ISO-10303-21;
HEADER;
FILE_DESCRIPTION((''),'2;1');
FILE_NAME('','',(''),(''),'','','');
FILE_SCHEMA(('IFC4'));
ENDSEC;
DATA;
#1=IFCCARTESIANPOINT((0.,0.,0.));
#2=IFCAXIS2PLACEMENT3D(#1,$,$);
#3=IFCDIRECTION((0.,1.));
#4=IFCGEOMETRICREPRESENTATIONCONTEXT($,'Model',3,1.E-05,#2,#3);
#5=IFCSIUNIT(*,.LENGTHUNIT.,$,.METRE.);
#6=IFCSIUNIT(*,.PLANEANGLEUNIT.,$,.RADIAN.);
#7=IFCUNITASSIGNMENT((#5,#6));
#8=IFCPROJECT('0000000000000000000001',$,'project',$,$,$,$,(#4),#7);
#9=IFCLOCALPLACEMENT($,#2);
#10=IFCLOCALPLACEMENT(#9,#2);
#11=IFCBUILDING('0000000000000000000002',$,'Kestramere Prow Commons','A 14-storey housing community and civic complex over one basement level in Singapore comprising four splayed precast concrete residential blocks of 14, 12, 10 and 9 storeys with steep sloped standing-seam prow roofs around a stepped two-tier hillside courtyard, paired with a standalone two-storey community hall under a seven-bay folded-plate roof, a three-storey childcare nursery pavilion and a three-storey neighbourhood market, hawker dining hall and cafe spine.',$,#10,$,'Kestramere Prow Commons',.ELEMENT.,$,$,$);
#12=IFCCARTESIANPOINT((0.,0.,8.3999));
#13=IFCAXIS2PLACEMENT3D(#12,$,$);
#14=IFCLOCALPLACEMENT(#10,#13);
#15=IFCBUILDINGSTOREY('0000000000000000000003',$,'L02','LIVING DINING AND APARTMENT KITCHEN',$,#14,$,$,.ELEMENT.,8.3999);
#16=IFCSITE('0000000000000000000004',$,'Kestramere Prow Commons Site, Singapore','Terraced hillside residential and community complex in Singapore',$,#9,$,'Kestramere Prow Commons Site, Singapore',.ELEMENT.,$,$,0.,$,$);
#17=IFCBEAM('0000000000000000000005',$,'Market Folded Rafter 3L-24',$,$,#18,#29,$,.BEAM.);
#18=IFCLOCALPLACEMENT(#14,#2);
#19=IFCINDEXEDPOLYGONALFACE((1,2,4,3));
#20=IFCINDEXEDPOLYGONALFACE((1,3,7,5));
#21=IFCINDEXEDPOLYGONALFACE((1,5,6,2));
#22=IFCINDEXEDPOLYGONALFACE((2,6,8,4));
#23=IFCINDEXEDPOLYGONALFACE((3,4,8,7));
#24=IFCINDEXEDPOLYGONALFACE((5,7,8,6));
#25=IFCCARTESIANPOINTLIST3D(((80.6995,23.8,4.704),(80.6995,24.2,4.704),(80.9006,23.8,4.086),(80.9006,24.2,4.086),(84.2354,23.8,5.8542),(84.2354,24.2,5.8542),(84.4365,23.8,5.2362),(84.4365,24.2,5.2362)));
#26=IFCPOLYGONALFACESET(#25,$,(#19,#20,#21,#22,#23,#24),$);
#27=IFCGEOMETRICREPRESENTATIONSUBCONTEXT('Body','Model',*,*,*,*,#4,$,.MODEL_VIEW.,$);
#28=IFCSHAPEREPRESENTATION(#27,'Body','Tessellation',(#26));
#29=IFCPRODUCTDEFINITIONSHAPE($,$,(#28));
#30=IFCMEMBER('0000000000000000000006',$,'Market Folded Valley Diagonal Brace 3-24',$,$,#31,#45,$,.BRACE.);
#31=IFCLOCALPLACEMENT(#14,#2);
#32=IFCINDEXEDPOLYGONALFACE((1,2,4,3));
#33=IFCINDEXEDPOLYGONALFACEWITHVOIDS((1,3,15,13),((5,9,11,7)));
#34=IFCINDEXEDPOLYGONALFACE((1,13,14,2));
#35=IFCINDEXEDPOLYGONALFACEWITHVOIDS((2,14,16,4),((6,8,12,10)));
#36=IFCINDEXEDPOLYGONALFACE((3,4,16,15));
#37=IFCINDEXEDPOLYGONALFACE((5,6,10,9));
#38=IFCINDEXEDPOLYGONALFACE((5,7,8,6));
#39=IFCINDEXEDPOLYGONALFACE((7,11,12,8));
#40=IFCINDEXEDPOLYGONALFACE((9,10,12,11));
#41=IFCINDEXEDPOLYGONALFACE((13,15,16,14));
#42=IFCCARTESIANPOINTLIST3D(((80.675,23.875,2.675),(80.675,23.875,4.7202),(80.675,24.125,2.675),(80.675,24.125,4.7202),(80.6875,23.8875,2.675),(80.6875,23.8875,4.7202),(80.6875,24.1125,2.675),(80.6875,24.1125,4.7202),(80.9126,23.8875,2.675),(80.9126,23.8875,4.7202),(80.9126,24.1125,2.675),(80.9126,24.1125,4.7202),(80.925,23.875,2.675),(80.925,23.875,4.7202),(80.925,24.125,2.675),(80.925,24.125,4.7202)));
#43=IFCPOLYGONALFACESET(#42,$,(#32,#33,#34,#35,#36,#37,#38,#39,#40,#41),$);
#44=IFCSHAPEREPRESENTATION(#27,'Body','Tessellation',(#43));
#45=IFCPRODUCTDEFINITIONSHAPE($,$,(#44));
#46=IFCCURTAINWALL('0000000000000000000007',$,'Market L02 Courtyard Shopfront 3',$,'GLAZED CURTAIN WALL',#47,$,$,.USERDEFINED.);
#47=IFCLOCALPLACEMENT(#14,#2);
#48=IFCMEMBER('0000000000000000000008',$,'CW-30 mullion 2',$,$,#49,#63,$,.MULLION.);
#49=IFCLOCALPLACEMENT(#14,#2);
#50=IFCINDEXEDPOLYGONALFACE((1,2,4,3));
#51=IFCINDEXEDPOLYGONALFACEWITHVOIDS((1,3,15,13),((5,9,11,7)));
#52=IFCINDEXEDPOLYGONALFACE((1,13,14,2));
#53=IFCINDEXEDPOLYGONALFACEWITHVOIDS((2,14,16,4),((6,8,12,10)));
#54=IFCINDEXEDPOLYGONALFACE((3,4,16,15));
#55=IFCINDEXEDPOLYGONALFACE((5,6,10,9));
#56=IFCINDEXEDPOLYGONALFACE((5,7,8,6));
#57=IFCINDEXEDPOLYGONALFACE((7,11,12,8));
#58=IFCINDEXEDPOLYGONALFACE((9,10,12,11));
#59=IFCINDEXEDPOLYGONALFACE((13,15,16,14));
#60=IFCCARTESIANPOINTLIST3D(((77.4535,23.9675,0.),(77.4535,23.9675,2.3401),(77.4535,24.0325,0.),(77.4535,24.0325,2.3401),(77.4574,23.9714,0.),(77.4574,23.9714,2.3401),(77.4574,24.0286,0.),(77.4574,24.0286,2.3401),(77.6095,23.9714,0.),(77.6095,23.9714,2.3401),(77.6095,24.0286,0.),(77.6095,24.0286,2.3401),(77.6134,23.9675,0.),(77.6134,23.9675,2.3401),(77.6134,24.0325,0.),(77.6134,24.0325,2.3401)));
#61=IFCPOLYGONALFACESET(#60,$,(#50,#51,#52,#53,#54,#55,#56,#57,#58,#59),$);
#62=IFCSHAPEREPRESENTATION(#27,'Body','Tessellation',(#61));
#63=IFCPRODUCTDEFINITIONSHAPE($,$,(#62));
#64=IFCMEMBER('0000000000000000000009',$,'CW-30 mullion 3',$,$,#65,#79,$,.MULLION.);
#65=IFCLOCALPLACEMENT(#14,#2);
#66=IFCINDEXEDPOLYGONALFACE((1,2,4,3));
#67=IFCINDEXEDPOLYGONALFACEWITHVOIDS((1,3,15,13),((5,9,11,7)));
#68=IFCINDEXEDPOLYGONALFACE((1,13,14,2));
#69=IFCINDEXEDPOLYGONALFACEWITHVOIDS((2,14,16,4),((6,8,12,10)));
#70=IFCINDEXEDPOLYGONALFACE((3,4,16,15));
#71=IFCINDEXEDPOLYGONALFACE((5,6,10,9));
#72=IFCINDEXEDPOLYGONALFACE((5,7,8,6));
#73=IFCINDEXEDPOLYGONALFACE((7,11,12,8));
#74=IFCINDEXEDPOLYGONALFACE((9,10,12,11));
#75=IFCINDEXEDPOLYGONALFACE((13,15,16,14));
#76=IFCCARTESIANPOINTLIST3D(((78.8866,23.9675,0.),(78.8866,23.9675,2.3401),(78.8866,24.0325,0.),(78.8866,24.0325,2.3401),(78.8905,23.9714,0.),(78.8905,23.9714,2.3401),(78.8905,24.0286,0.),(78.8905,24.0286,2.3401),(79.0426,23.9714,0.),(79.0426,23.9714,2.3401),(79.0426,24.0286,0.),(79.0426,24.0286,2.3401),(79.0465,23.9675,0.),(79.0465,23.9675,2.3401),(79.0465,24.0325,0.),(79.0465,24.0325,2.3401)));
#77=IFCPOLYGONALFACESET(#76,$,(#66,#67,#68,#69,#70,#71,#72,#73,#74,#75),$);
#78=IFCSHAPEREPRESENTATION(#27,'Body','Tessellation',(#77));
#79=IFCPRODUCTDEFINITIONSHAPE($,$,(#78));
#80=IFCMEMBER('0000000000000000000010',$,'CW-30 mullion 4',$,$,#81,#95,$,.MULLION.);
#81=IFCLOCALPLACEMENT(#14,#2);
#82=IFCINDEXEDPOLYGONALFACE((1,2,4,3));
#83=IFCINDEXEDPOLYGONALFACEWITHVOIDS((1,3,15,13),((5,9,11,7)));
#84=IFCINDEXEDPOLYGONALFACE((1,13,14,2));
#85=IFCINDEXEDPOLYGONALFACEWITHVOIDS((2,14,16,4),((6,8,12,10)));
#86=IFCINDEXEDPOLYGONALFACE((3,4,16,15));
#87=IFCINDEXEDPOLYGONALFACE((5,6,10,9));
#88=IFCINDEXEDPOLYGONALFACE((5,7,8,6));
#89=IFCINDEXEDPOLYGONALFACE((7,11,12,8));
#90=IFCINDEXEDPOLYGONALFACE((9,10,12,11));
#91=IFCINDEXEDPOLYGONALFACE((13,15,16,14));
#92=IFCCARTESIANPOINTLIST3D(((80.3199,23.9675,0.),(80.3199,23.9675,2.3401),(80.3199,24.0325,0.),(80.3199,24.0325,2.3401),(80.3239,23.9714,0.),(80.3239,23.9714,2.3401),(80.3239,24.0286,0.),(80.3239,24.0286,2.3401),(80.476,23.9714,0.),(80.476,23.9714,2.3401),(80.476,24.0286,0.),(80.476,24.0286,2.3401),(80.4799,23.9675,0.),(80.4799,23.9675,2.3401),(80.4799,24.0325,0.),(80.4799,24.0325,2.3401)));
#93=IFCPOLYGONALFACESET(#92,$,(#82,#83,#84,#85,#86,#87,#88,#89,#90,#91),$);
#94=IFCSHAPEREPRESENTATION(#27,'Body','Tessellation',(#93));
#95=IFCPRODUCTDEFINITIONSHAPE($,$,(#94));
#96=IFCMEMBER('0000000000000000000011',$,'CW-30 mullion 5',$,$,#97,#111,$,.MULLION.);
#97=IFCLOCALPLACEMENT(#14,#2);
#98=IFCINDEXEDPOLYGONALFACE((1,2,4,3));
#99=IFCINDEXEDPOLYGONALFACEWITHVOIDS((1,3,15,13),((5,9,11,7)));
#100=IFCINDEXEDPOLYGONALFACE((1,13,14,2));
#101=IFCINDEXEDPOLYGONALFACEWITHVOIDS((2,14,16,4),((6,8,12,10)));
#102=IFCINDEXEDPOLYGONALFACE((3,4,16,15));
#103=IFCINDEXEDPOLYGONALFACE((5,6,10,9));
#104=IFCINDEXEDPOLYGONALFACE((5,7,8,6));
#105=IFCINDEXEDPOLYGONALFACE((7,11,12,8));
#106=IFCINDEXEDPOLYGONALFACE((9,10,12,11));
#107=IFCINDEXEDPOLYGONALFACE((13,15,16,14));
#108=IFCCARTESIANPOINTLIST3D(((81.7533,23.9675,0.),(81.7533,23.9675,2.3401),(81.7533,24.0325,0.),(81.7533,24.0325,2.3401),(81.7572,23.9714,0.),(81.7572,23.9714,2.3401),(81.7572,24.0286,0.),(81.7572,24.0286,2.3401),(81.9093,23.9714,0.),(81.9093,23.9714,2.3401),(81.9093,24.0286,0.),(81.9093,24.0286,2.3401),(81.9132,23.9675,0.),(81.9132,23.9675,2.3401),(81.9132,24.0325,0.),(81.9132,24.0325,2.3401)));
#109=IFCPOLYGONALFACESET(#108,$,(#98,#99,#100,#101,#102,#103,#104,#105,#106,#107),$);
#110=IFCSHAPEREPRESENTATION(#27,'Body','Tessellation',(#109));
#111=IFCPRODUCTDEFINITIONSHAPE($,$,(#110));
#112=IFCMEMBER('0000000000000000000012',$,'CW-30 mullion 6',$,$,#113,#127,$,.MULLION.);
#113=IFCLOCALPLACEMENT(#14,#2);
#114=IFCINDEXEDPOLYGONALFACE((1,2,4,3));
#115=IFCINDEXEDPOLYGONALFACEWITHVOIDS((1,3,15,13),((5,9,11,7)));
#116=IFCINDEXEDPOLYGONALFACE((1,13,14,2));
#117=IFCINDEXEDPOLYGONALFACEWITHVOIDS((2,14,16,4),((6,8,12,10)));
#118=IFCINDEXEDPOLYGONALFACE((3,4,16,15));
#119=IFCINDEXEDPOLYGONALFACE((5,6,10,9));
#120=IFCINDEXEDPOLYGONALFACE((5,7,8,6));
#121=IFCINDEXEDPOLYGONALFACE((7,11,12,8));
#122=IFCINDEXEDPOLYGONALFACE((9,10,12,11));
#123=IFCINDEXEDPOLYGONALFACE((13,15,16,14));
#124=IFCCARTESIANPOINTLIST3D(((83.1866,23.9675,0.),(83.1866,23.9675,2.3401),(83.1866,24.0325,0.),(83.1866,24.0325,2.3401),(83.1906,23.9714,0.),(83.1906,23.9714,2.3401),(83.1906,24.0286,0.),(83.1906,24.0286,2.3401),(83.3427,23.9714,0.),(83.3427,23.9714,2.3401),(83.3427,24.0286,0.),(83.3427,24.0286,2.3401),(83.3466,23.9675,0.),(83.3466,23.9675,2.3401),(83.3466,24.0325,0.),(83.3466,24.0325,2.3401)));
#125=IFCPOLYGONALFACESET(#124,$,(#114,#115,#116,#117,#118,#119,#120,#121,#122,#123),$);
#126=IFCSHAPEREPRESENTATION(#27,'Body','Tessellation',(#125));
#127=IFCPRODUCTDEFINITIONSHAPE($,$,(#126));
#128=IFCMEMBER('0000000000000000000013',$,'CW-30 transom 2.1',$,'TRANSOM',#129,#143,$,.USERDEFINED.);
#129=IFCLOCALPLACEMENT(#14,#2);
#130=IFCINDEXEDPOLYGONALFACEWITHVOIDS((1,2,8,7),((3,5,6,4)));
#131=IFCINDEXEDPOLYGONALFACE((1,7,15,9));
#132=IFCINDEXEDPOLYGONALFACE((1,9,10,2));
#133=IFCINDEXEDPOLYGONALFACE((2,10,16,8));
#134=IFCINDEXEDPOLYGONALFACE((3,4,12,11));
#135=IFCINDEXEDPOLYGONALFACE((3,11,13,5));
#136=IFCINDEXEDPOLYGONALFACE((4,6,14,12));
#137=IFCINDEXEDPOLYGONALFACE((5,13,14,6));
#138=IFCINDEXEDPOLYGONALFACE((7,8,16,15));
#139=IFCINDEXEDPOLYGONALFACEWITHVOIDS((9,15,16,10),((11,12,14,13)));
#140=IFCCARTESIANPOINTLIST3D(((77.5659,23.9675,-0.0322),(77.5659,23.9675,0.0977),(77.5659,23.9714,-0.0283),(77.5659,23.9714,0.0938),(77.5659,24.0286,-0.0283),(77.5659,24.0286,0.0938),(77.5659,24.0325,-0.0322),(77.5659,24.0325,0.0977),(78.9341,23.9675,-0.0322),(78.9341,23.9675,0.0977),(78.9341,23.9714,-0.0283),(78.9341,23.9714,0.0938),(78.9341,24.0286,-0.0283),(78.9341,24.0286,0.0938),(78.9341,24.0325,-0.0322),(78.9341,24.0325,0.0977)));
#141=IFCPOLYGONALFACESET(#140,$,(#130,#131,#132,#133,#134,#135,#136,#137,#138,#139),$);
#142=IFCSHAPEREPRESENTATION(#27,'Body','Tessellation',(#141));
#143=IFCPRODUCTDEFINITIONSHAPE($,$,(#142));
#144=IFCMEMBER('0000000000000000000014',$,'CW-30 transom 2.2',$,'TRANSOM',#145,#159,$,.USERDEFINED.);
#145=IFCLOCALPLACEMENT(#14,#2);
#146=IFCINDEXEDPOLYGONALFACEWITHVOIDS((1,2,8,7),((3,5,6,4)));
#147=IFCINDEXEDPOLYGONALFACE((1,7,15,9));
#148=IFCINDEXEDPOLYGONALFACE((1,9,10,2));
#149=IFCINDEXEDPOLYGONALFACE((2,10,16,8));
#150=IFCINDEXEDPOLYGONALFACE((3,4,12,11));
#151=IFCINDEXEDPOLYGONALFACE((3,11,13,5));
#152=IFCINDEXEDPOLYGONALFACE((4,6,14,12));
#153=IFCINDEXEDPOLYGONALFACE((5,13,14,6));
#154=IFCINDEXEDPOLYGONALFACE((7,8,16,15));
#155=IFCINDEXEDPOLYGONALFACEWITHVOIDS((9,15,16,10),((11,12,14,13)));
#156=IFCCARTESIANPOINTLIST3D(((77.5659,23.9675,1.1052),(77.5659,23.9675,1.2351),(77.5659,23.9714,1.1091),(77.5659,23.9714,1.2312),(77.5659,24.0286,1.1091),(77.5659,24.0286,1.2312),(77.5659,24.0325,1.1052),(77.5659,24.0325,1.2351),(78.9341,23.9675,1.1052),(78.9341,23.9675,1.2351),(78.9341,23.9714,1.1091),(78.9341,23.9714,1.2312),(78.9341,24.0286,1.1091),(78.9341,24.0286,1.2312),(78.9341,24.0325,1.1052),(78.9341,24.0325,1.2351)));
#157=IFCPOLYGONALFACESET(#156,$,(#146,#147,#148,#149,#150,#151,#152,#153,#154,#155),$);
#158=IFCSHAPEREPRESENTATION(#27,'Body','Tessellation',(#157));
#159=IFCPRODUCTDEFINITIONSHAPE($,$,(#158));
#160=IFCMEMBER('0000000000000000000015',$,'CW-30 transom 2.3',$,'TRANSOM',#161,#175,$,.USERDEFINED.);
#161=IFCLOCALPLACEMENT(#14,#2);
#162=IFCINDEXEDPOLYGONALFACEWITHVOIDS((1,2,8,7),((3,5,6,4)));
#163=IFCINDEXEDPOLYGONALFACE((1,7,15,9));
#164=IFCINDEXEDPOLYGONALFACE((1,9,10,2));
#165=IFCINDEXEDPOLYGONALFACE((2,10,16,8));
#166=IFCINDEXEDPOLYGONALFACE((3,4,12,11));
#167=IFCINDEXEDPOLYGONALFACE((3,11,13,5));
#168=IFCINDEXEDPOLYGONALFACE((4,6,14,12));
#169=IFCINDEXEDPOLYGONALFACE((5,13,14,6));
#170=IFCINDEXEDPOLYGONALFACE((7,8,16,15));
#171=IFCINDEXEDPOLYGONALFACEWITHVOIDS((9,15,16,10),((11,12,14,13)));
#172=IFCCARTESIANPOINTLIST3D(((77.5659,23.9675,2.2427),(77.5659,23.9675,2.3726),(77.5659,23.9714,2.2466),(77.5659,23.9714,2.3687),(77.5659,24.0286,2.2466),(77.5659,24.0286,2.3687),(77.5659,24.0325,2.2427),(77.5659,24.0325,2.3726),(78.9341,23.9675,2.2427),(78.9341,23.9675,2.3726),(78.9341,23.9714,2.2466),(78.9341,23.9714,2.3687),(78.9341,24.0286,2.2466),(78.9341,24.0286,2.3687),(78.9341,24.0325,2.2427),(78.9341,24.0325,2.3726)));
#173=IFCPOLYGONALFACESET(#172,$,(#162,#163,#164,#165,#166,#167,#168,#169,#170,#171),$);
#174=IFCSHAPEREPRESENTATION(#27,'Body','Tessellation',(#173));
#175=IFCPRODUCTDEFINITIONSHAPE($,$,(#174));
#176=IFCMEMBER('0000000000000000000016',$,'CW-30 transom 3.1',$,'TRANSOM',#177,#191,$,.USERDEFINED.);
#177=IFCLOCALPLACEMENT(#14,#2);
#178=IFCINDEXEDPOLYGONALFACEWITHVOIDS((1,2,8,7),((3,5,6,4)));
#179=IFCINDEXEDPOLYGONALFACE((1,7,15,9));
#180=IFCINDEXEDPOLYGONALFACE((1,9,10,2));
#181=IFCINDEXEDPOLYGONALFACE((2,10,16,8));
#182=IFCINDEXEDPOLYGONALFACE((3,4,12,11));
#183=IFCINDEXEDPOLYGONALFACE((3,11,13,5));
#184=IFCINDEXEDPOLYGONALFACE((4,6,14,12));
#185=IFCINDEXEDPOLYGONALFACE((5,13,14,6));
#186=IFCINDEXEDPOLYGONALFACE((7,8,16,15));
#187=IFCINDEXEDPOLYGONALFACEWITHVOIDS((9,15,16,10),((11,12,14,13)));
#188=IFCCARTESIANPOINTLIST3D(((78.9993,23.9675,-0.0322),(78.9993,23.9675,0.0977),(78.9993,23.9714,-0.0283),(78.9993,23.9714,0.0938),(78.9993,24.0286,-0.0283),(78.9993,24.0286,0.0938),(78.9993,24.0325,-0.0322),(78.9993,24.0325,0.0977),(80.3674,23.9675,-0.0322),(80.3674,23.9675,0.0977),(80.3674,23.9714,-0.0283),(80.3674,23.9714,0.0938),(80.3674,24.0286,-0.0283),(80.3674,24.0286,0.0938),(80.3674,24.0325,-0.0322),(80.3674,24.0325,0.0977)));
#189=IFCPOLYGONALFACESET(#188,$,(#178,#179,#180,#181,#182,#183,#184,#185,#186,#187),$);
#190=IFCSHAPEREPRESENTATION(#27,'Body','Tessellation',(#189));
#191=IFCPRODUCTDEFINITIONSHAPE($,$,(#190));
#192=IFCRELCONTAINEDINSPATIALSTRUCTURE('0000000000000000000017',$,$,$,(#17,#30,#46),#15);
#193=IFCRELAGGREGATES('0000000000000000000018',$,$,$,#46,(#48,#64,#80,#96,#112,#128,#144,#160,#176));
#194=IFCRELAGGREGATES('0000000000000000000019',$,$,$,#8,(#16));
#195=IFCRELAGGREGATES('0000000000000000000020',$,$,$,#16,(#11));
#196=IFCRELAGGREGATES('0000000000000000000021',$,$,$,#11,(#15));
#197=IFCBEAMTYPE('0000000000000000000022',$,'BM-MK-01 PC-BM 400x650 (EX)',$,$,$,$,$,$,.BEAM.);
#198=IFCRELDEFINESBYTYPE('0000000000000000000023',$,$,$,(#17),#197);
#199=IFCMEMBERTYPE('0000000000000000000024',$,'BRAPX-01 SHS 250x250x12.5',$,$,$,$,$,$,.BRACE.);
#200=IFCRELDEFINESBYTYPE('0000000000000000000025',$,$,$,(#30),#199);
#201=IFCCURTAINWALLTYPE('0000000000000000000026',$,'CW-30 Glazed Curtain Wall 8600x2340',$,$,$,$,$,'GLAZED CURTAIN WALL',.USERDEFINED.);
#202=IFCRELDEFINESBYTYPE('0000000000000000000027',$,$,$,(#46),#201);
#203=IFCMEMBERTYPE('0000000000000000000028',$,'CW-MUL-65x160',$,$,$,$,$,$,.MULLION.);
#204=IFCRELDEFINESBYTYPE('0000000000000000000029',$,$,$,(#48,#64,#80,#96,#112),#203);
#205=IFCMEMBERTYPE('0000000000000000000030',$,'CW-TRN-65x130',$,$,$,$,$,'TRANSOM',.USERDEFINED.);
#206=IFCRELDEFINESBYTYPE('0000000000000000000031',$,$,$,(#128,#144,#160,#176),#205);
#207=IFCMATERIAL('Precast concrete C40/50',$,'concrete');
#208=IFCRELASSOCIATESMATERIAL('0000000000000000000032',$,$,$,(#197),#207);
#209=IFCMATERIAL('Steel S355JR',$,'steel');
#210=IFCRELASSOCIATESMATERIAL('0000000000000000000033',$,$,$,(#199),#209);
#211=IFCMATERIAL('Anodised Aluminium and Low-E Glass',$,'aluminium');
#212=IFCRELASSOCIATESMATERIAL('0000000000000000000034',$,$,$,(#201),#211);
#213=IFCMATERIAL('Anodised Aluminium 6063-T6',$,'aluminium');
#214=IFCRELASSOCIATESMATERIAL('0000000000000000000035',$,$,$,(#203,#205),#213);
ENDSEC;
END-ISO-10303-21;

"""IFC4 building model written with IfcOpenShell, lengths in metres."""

from ifc_helpers import new_model, si_unit, direction, frame, origin, origin_2d, place, context, subcontext, project, spatial, rectangle, hollow_rectangle, extrude, material, material_profile, profile_set, type_object, element, aggregate, save


model = new_model("IFC4")

# Units and contexts
model_context = context("Model", 3, precision=1e-05, world=origin(), true_north=direction((0.0, 1.0)))
body_context = subcontext(model_context, "Body", "Model", "MODEL_VIEW")
ifc_project = project(units=[si_unit("LENGTHUNIT", "METRE"), si_unit("PLANEANGLEUNIT", "RADIAN")], contexts=[model_context])

# Site, building, storey
site_placement = place(None, origin())
site = spatial("IfcSite", under=ifc_project, at=site_placement, Name="Kestramere Prow Commons Site, Singapore", Description="Terraced hillside residential and community complex in Singapore", LongName="Kestramere Prow Commons Site, Singapore", CompositionType="ELEMENT", RefElevation=0.0)
building_placement = place(site_placement, origin())
building = spatial("IfcBuilding", under=site, at=building_placement, Name="Kestramere Prow Commons", Description="A 14-storey housing community and civic complex over one basement level in Singapore comprising four splayed precast concrete residential blocks of 14, 12, 10 and 9 storeys with steep sloped standing-seam prow roofs around a stepped two-tier hillside courtyard, paired with a standalone two-storey community hall under a seven-bay folded-plate roof, a three-storey childcare nursery pavilion and a three-storey neighbourhood market, hawker dining hall and cafe spine.", LongName="Kestramere Prow Commons", CompositionType="ELEMENT")
storey_placement = place(building_placement, frame((0.0, 0.0, 8.3999)))
storey = spatial("IfcBuildingStorey", under=building, at=storey_placement, Name="L02", Description="LIVING DINING AND APARTMENT KITCHEN", CompositionType="ELEMENT", Elevation=8.3999)

# Beam
ifc_material_1 = material(Name="Precast concrete C40/50", Category="concrete")
ifc_material_profile_1 = material_profile(ifc_material_1, rectangle(XDim=0.3999, YDim=0.6499, at=origin_2d()), Name="PC-BM 400x650")
ifc_profile_set_1 = profile_set([ifc_material_profile_1], Name="Precast concrete C40/50")
beam_type = type_object("IfcBeamType", Name="BM-MK-01 PC-BM 400x650 (EX)", PredefinedType="BEAM", material=ifc_profile_set_1)
beam_placement = place(storey_placement, frame((80.8, 24.0, 4.395), z_axis=(0.950956, 0.0, 0.309325), x_axis=(0.0, 1.0, 0.0)))
element("IfcBeam", 1, at=beam_placement, inside=storey, type_object=beam_type, Name="Market Folded Rafter 3L-24", PredefinedType="BEAM", context=body_context, shape_type="SweptSolid", body=[
    extrude(rectangle(XDim=0.3999, YDim=0.6499, at=origin_2d()), origin(), (0.0, 0.0, 1.0), 3.7183),
])

# Member
ifc_material_2 = material(Name="Steel S355JR", Category="steel")
ifc_material_profile_2 = material_profile(ifc_material_2, hollow_rectangle(XDim=0.25, YDim=0.25, WallThickness=0.0125, at=origin_2d()), Name="SHS 250x250x12.5")
ifc_profile_set_2 = profile_set([ifc_material_profile_2], Name="Steel S355JR")
member_type_1 = type_object("IfcMemberType", Name="BRAPX-01 SHS 250x250x12.5", PredefinedType="BRACE", material=ifc_profile_set_2)
member_1_placement = place(storey_placement, frame((80.8, 24.0, 2.675), z_axis=(0.0, 0.0, 1.0), x_axis=(1.0, 0.0, 0.0)))
element("IfcMember", 2, at=member_1_placement, inside=storey, type_object=member_type_1, Name="Market Folded Valley Diagonal Brace 3-24", PredefinedType="BRACE", context=body_context, shape_type="SweptSolid", body=[
    extrude(hollow_rectangle(XDim=0.25, YDim=0.25, WallThickness=0.0125, at=origin_2d()), origin(), (0.0, 0.0, 1.0), 2.0452),
])

# Curtain wall, members
ifc_material_3 = material(Name="Anodised Aluminium and Low-E Glass", Category="aluminium")
curtain_wall_type = type_object("IfcCurtainWallType", Name="CW-30 Glazed Curtain Wall 8600x2340", ElementType="GLAZED CURTAIN WALL", PredefinedType="USERDEFINED", material=ifc_material_3)
curtain_wall_placement = place(storey_placement, origin())
curtain_wall = element("IfcCurtainWall", 3, at=curtain_wall_placement, inside=storey, type_object=curtain_wall_type, Name="Market L02 Courtyard Shopfront 3", ObjectType="GLAZED CURTAIN WALL", PredefinedType="USERDEFINED")
ifc_material_4 = material(Name="Anodised Aluminium 6063-T6", Category="aluminium")
ifc_material_profile_3 = material_profile(ifc_material_4, hollow_rectangle(XDim=0.0649, YDim=0.1599, WallThickness=0.0039, at=origin_2d()), Name="ALU-MUL 65x160")
ifc_profile_set_3 = profile_set([ifc_material_profile_3], Name="Anodised Aluminium 6063-T6")
member_type_2 = type_object("IfcMemberType", Name="CW-MUL-65x160", PredefinedType="MULLION", material=ifc_profile_set_3)
member_2_placement = place(storey_placement, frame((77.5334, 24.0, 0.0), z_axis=(0.0, 0.0, 1.0), x_axis=(0.0, 1.0, 0.0)))
member_2 = element("IfcMember", 4, at=member_2_placement, type_object=member_type_2, Name="CW-30 mullion 2", PredefinedType="MULLION", context=body_context, shape_type="SweptSolid", body=[
    extrude(hollow_rectangle(XDim=0.0649, YDim=0.1599, WallThickness=0.0039, at=origin_2d()), origin(), (0.0, 0.0, 1.0), 2.3401),
])
member_3_placement = place(storey_placement, frame((78.9666, 24.0, 0.0), z_axis=(0.0, 0.0, 1.0), x_axis=(0.0, 1.0, 0.0)))
member_3 = element("IfcMember", 5, at=member_3_placement, type_object=member_type_2, Name="CW-30 mullion 3", PredefinedType="MULLION", context=body_context, shape_type="SweptSolid", body=[
    extrude(hollow_rectangle(XDim=0.0649, YDim=0.1599, WallThickness=0.0039, at=origin_2d()), origin(), (0.0, 0.0, 1.0), 2.3401),
])
member_4_placement = place(storey_placement, frame((80.3999, 24.0, 0.0), z_axis=(0.0, 0.0, 1.0), x_axis=(0.0, 1.0, 0.0)))
member_4 = element("IfcMember", 6, at=member_4_placement, type_object=member_type_2, Name="CW-30 mullion 4", PredefinedType="MULLION", context=body_context, shape_type="SweptSolid", body=[
    extrude(hollow_rectangle(XDim=0.0649, YDim=0.1599, WallThickness=0.0039, at=origin_2d()), origin(), (0.0, 0.0, 1.0), 2.3401),
])
member_5_placement = place(storey_placement, frame((81.8333, 24.0, 0.0), z_axis=(0.0, 0.0, 1.0), x_axis=(0.0, 1.0, 0.0)))
member_5 = element("IfcMember", 7, at=member_5_placement, type_object=member_type_2, Name="CW-30 mullion 5", PredefinedType="MULLION", context=body_context, shape_type="SweptSolid", body=[
    extrude(hollow_rectangle(XDim=0.0649, YDim=0.1599, WallThickness=0.0039, at=origin_2d()), origin(), (0.0, 0.0, 1.0), 2.3401),
])
member_6_placement = place(storey_placement, frame((83.2666, 24.0, 0.0), z_axis=(0.0, 0.0, 1.0), x_axis=(0.0, 1.0, 0.0)))
member_6 = element("IfcMember", 8, at=member_6_placement, type_object=member_type_2, Name="CW-30 mullion 6", PredefinedType="MULLION", context=body_context, shape_type="SweptSolid", body=[
    extrude(hollow_rectangle(XDim=0.0649, YDim=0.1599, WallThickness=0.0039, at=origin_2d()), origin(), (0.0, 0.0, 1.0), 2.3401),
])
ifc_material_profile_4 = material_profile(ifc_material_4, hollow_rectangle(XDim=0.0649, YDim=0.1299, WallThickness=0.0039, at=origin_2d()), Name="ALU-TRN 65x130")
ifc_profile_set_4 = profile_set([ifc_material_profile_4], Name="Anodised Aluminium 6063-T6")
member_type_3 = type_object("IfcMemberType", Name="CW-TRN-65x130", ElementType="TRANSOM", PredefinedType="USERDEFINED", material=ifc_profile_set_4)
member_7_placement = place(storey_placement, frame((77.5659, 24.0, 0.0327), z_axis=(1.0, 0.0, 0.0), x_axis=(0.0, 1.0, 0.0)))
member_7 = element("IfcMember", 9, at=member_7_placement, type_object=member_type_3, Name="CW-30 transom 2.1", ObjectType="TRANSOM", PredefinedType="USERDEFINED", context=body_context, shape_type="SweptSolid", body=[
    extrude(hollow_rectangle(XDim=0.0649, YDim=0.1299, WallThickness=0.0039, at=origin_2d()), origin(), (0.0, 0.0, 1.0), 1.3682),
])
member_8_placement = place(storey_placement, frame((77.5659, 24.0, 1.1702), z_axis=(1.0, 0.0, 0.0), x_axis=(0.0, 1.0, 0.0)))
member_8 = element("IfcMember", 10, at=member_8_placement, type_object=member_type_3, Name="CW-30 transom 2.2", ObjectType="TRANSOM", PredefinedType="USERDEFINED", context=body_context, shape_type="SweptSolid", body=[
    extrude(hollow_rectangle(XDim=0.0649, YDim=0.1299, WallThickness=0.0039, at=origin_2d()), origin(), (0.0, 0.0, 1.0), 1.3682),
])
member_9_placement = place(storey_placement, frame((77.5659, 24.0, 2.3076), z_axis=(1.0, 0.0, 0.0), x_axis=(0.0, 1.0, 0.0)))
member_9 = element("IfcMember", 11, at=member_9_placement, type_object=member_type_3, Name="CW-30 transom 2.3", ObjectType="TRANSOM", PredefinedType="USERDEFINED", context=body_context, shape_type="SweptSolid", body=[
    extrude(hollow_rectangle(XDim=0.0649, YDim=0.1299, WallThickness=0.0039, at=origin_2d()), origin(), (0.0, 0.0, 1.0), 1.3682),
])
member_10_placement = place(storey_placement, frame((78.9993, 24.0, 0.0327), z_axis=(1.0, 0.0, 0.0), x_axis=(0.0, 1.0, 0.0)))
member_10 = element("IfcMember", 12, at=member_10_placement, type_object=member_type_3, Name="CW-30 transom 3.1", ObjectType="TRANSOM", PredefinedType="USERDEFINED", context=body_context, shape_type="SweptSolid", body=[
    extrude(hollow_rectangle(XDim=0.0649, YDim=0.1299, WallThickness=0.0039, at=origin_2d()), origin(), (0.0, 0.0, 1.0), 1.3682),
])
aggregate(curtain_wall, [member_2, member_3, member_4, member_5, member_6, member_7, member_8, member_9, member_10])

save(model, "model.ifc")
